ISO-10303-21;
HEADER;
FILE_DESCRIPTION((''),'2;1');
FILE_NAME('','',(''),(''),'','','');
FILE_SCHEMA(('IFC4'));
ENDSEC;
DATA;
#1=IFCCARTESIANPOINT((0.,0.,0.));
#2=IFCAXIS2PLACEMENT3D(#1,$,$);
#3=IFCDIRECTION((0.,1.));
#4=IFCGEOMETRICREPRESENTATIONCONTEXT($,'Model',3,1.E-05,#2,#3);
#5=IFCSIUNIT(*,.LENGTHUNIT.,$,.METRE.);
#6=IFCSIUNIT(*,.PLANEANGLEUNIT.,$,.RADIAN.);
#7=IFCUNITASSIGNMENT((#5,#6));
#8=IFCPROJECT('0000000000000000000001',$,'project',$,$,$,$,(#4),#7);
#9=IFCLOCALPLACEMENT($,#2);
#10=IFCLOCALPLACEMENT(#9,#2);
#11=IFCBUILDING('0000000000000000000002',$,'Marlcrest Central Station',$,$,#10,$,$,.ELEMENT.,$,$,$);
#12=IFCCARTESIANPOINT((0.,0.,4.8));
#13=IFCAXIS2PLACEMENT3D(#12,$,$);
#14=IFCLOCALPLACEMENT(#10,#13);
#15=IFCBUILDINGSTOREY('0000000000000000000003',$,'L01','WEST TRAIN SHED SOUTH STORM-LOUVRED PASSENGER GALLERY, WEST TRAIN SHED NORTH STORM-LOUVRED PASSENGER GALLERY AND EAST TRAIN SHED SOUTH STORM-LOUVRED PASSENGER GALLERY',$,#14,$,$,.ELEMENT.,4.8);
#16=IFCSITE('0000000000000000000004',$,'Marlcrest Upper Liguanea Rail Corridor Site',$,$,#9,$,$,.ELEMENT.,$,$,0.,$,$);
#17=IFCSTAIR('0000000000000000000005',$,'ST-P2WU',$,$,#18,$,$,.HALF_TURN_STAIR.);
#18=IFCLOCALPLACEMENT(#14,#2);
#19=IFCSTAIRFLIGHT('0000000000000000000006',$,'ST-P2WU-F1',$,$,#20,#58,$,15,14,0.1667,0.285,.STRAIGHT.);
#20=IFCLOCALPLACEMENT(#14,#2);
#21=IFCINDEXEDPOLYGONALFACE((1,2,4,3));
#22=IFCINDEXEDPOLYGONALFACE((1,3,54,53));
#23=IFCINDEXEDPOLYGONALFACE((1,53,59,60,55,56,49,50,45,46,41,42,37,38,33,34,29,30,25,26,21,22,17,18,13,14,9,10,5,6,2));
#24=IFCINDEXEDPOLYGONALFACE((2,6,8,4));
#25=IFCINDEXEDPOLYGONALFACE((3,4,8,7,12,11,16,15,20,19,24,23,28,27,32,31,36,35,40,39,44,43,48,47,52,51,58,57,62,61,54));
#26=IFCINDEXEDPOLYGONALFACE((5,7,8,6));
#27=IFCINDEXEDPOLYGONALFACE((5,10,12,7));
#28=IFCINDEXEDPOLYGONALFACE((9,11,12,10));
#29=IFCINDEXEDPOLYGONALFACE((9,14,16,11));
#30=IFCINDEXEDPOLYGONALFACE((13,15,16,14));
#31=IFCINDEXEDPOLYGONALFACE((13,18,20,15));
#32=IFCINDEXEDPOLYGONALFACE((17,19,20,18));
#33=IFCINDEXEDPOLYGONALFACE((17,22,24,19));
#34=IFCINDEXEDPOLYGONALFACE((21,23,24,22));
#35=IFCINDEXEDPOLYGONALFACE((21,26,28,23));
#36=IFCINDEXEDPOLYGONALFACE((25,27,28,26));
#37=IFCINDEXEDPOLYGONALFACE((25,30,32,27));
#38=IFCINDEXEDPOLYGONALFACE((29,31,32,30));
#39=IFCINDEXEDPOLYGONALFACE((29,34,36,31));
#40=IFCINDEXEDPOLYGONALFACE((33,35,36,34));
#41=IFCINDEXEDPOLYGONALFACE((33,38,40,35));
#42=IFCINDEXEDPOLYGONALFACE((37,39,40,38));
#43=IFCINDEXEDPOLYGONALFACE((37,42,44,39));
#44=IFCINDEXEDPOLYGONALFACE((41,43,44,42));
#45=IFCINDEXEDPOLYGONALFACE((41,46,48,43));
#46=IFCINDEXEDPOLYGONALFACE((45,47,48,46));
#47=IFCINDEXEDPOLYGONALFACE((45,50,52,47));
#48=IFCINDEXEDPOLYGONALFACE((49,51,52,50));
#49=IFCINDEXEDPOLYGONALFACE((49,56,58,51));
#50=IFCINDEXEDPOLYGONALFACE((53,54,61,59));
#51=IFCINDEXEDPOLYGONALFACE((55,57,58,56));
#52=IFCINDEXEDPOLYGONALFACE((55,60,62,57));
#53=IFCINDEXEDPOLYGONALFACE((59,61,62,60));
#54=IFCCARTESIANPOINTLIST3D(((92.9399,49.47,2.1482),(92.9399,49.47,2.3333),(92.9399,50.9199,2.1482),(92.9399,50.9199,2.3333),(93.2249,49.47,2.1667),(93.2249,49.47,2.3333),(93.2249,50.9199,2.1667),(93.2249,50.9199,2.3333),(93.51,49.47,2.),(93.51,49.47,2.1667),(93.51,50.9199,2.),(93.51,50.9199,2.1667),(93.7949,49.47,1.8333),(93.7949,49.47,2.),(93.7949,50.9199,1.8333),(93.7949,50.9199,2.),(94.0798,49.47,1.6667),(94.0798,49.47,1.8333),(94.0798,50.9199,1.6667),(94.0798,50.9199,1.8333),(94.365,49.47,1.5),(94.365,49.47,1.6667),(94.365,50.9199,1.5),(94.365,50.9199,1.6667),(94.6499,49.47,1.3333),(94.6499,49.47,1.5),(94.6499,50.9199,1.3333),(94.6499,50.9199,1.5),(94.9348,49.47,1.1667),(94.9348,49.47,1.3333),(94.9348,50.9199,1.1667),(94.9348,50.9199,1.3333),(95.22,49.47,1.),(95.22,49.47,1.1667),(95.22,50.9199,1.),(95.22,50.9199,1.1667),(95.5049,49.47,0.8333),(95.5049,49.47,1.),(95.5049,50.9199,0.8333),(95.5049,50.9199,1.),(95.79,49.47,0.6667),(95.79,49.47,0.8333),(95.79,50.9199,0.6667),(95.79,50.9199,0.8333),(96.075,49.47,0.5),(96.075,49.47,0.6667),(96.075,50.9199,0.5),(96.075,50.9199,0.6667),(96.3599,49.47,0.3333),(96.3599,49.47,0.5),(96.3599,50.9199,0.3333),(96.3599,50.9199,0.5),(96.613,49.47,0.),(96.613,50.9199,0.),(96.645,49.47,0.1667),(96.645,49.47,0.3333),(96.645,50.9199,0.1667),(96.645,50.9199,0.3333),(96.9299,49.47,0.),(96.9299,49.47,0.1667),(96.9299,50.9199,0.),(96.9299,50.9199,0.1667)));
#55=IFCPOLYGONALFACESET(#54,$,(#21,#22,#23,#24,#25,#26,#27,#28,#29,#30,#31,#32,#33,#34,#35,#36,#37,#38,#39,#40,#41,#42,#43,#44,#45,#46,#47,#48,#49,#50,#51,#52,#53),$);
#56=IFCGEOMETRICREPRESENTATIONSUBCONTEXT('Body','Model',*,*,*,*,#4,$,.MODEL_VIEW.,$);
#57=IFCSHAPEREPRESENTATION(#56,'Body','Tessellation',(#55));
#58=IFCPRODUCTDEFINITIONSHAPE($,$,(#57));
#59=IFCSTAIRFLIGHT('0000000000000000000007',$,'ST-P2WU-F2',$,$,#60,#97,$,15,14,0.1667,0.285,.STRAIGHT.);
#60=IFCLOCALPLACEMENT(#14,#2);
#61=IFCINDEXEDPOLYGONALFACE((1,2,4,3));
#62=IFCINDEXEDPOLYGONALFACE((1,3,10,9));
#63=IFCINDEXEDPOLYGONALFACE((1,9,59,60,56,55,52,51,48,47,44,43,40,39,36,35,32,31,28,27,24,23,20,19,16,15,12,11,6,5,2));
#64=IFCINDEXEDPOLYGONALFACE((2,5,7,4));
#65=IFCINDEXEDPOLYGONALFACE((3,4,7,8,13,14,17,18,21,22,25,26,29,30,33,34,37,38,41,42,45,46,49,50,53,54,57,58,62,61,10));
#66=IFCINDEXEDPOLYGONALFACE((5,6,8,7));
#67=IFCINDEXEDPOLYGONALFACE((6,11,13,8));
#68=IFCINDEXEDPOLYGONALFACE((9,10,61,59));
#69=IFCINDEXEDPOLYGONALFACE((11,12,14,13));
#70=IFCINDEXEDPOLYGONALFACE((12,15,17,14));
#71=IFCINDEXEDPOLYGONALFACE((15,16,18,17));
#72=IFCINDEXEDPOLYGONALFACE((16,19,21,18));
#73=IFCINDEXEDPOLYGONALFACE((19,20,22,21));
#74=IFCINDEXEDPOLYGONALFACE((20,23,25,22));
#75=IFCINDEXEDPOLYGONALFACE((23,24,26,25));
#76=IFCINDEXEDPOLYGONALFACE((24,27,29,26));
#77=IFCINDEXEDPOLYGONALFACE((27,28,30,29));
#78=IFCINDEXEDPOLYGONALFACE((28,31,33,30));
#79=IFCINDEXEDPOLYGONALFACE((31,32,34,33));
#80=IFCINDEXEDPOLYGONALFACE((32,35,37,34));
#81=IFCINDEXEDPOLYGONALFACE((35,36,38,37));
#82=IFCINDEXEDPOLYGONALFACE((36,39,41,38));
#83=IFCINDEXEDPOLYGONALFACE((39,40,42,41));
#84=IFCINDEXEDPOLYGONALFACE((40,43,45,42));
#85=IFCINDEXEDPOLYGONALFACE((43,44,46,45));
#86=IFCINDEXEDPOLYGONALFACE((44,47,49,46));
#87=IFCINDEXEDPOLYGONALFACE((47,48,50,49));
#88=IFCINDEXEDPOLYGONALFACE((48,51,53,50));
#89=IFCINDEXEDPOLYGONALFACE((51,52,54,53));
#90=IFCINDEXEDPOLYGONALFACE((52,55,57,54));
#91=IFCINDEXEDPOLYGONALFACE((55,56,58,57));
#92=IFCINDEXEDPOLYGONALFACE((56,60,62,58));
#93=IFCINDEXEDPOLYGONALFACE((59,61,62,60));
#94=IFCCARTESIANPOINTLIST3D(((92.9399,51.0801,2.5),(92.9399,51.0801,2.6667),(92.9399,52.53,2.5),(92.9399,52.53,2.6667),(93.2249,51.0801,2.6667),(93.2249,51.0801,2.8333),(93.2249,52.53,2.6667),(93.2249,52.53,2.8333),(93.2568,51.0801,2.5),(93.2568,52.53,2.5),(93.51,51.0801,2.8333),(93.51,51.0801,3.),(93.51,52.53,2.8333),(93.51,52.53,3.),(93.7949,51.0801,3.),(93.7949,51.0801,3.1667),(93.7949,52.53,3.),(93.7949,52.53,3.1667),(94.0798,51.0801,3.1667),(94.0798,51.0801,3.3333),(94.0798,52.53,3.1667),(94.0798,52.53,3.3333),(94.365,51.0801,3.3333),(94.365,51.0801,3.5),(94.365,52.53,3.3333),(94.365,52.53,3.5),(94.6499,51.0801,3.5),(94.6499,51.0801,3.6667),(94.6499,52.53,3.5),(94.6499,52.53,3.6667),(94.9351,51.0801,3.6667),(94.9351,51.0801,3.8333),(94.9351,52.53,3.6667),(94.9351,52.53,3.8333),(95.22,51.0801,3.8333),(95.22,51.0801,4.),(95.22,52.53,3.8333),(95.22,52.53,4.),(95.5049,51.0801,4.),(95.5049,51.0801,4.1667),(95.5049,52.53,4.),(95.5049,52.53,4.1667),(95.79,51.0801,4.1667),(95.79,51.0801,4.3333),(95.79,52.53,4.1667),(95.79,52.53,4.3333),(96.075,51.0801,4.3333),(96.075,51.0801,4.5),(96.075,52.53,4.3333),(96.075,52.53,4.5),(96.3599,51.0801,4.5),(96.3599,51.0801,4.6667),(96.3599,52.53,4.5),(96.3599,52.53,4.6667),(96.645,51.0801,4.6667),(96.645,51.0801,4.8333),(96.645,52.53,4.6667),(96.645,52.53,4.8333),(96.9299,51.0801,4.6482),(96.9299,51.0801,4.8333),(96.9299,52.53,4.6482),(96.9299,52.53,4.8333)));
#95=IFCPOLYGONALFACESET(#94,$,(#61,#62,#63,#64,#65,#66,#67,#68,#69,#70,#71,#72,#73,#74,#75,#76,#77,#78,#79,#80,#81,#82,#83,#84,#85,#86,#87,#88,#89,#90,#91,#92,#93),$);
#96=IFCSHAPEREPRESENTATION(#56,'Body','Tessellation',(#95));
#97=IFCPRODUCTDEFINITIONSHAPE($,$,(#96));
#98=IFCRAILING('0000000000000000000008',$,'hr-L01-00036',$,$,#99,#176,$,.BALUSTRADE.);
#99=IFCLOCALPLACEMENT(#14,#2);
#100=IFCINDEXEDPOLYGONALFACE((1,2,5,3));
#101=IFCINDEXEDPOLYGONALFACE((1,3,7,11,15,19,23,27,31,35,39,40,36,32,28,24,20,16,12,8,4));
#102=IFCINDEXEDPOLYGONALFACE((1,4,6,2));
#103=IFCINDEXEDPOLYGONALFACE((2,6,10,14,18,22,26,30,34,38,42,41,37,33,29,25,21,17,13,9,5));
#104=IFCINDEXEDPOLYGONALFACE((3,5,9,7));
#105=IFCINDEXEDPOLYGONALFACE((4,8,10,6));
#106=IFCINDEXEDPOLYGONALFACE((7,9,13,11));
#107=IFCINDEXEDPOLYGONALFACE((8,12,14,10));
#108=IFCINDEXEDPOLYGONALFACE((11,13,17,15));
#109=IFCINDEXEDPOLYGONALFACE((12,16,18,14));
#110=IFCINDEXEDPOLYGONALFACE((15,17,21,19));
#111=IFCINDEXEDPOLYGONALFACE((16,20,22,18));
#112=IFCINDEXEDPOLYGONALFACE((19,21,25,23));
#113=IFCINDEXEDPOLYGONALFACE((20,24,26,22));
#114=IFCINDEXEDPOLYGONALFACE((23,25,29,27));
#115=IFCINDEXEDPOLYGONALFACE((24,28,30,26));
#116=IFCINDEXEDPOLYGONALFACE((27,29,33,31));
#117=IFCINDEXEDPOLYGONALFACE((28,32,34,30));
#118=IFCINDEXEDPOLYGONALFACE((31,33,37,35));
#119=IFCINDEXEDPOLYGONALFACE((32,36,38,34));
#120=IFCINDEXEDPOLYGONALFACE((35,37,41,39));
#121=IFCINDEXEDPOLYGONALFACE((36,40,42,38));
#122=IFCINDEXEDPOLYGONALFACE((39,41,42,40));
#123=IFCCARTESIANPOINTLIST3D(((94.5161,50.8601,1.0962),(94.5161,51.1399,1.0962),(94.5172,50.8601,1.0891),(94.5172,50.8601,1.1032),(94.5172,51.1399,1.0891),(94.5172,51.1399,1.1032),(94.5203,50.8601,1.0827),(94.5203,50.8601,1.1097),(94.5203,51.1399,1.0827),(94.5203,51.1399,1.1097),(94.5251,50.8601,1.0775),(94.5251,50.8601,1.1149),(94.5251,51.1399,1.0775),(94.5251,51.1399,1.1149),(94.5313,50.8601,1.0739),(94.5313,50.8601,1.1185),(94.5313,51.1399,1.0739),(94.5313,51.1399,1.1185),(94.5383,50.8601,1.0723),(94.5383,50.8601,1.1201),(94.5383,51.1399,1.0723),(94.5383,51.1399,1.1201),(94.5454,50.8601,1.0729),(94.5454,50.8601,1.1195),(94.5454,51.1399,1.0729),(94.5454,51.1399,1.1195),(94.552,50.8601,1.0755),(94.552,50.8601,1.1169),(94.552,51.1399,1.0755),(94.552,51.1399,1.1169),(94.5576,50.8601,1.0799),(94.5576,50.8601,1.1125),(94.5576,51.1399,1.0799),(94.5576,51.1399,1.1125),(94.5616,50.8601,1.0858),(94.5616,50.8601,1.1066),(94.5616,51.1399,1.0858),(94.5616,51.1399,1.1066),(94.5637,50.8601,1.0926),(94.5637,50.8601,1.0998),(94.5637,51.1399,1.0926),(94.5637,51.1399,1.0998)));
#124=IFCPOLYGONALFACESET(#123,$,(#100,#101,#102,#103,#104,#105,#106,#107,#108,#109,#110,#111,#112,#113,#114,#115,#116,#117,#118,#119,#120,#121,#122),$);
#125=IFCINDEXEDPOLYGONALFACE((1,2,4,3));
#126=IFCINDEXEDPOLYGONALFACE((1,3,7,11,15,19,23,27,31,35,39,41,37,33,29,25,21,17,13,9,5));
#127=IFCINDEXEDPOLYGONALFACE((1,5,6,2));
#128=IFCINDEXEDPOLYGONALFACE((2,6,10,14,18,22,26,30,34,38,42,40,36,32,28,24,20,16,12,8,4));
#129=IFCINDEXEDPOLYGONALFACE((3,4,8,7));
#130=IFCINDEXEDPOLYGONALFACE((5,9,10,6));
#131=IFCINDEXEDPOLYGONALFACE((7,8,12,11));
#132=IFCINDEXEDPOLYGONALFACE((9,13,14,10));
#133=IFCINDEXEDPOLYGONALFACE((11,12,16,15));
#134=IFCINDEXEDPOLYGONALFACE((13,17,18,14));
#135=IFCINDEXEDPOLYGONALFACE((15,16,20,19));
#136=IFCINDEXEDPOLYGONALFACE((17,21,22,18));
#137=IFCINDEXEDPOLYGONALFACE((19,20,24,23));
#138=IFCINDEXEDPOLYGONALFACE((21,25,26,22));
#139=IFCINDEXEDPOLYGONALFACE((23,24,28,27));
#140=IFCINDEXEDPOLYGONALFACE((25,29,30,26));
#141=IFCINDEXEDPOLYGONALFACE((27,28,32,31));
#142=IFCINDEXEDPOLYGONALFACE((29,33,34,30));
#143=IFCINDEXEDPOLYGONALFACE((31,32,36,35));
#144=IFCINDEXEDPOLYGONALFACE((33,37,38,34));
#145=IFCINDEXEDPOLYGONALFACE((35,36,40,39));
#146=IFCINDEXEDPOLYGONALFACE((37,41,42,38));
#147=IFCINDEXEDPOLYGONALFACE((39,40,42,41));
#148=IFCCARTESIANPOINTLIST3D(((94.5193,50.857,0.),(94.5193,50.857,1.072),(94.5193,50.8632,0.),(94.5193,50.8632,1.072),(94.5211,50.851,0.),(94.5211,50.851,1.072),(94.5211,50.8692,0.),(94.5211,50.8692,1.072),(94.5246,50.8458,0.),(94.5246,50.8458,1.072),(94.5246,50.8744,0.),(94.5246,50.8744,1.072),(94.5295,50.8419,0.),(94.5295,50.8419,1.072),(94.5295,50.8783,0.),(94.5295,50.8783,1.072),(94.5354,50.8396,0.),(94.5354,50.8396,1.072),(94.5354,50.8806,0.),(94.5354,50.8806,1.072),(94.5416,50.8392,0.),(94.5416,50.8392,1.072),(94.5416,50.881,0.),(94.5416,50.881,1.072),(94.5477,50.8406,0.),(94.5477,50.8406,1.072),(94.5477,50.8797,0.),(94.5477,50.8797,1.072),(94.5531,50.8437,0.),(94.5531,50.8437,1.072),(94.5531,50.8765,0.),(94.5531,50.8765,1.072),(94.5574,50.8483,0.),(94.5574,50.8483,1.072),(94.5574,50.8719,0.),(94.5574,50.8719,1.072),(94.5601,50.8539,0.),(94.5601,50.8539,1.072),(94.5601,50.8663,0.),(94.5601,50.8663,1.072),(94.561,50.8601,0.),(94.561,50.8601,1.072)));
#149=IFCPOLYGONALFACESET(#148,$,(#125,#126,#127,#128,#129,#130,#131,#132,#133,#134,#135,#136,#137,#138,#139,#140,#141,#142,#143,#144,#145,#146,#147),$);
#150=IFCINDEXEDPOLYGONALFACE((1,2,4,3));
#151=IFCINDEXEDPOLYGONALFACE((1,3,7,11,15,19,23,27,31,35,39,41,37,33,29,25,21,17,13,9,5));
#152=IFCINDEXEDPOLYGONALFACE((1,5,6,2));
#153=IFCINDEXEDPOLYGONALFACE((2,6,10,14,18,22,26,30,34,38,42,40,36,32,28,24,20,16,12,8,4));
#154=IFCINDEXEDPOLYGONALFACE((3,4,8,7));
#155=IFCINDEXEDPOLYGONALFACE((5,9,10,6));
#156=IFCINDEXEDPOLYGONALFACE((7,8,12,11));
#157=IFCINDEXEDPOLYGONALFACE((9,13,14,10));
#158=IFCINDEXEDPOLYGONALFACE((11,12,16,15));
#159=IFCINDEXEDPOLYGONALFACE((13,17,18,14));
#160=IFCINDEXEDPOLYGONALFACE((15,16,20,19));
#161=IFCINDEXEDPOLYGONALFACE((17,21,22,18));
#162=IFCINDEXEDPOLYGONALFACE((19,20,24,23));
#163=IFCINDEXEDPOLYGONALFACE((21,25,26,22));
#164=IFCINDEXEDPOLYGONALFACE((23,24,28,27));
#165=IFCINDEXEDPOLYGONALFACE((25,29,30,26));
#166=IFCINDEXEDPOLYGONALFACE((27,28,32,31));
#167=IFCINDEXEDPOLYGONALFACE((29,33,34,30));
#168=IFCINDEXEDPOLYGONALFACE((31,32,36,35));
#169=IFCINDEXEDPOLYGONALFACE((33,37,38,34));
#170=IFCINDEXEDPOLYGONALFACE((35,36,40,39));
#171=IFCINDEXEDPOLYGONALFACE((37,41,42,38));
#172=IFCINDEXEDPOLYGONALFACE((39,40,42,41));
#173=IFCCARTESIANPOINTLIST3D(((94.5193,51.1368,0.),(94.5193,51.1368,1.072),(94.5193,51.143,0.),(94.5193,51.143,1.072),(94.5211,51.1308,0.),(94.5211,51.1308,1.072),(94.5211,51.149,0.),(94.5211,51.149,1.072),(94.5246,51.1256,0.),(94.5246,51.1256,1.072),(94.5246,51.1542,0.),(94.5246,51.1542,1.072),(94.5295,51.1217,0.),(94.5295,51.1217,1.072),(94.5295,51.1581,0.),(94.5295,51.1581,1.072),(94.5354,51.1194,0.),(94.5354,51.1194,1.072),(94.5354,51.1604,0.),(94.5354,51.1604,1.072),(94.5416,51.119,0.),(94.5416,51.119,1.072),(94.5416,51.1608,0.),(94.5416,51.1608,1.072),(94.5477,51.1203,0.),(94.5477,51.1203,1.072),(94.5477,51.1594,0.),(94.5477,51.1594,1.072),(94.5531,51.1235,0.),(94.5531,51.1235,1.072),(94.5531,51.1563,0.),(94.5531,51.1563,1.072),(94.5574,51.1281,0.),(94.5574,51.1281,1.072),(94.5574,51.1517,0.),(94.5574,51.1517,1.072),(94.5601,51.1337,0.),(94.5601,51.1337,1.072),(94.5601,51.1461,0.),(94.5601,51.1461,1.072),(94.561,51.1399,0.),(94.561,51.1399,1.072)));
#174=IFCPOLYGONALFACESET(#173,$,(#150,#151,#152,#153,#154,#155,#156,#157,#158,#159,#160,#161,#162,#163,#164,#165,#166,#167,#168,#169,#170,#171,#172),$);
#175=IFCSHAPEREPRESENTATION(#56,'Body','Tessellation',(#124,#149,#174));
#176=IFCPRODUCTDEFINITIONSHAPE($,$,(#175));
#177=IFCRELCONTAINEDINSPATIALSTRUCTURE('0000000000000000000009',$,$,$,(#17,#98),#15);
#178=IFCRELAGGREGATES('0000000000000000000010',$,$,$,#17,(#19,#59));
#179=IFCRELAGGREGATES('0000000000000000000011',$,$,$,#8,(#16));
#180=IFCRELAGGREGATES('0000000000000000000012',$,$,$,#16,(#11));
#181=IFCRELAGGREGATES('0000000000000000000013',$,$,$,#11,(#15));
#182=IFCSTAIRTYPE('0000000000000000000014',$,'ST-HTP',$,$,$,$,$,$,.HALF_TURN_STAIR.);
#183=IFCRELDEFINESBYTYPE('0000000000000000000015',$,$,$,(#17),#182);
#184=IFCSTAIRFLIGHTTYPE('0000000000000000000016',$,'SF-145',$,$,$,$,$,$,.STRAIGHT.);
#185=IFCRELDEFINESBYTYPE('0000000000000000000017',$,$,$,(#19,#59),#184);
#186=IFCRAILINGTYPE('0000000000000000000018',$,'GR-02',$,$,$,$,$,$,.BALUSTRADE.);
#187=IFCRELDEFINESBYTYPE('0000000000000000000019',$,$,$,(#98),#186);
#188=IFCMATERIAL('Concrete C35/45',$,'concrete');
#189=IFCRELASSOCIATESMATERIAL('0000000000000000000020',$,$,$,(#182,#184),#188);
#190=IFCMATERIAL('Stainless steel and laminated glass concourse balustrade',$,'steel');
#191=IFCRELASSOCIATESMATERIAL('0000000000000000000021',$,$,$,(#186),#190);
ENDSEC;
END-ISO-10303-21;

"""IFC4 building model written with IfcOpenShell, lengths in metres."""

from ifc_helpers import new_model, si_unit, direction, frame, origin, origin_2d, place, context, subcontext, project, spatial, polyline, circle, outline, extrude, material, type_object, element, aggregate, save


model = new_model("IFC4")

# Units and contexts
model_context = context("Model", 3, precision=1e-05, world=origin(), true_north=direction((0.0, 1.0)))
body_context = subcontext(model_context, "Body", "Model", "MODEL_VIEW")
ifc_project = project(units=[si_unit("LENGTHUNIT", "METRE"), si_unit("PLANEANGLEUNIT", "RADIAN")], contexts=[model_context])

# Site, building, storey
site_placement = place(None, origin())
site = spatial("IfcSite", under=ifc_project, at=site_placement, Name="Marlcrest Upper Liguanea Rail Corridor Site", CompositionType="ELEMENT", RefElevation=0.0)
building_placement = place(site_placement, origin())
building = spatial("IfcBuilding", under=site, at=building_placement, Name="Marlcrest Central Station", CompositionType="ELEMENT")
storey_placement = place(building_placement, frame((0.0, 0.0, 4.8)))
storey = spatial("IfcBuildingStorey", under=building, at=storey_placement, Name="L01", Description="WEST TRAIN SHED SOUTH STORM-LOUVRED PASSENGER GALLERY, WEST TRAIN SHED NORTH STORM-LOUVRED PASSENGER GALLERY AND EAST TRAIN SHED SOUTH STORM-LOUVRED PASSENGER GALLERY", CompositionType="ELEMENT", Elevation=4.8)

# Stair, stair flights
ifc_material_1 = material(Name="Concrete C35/45", Category="concrete")
stair_type = type_object("IfcStairType", Name="ST-HTP", PredefinedType="HALF_TURN_STAIR", material=ifc_material_1)
stair_placement = place(storey_placement, origin())
stair = element("IfcStair", 1, at=stair_placement, inside=storey, type_object=stair_type, Name="ST-P2WU", PredefinedType="HALF_TURN_STAIR")
stair_flight_type = type_object("IfcStairFlightType", Name="SF-145", PredefinedType="STRAIGHT", material=ifc_material_1)
stair_flight_1_placement = place(storey_placement, frame((96.9299, 50.1951, 0.0), z_axis=(0.0, 0.0, 1.0), x_axis=(-1.0, 0.0, 0.0)))
stair_flight_1 = element("IfcStairFlight", 2, at=stair_flight_1_placement, type_object=stair_flight_type, Name="ST-P2WU-F1", NumberOfRisers=15, NumberOfTreads=14, PredefinedType="STRAIGHT", RiserHeight=0.1667, TreadLength=0.285, context=body_context, shape_type="SweptSolid", body=[
    extrude(outline(polyline([(0.0, 0.0), (0.0, 0.1667), (0.2849, 0.1667), (0.2849, 0.3333), (0.5701, 0.3333), (0.5701, 0.5), (0.855, 0.5), (0.855, 0.6667), (1.1399, 0.6667), (1.1399, 0.8333), (1.425, 0.8333), (1.425, 1.0), (1.71, 1.0), (1.71, 1.1667), (1.9951, 1.1667), (1.9951, 1.3333), (2.28, 1.3333), (2.28, 1.5), (2.5649, 1.5), (2.5649, 1.6667), (2.8501, 1.6667), (2.8501, 1.8333), (3.135, 1.8333), (3.135, 2.0), (3.4199, 2.0), (3.4199, 2.1667), (3.7051, 2.1667), (3.7051, 2.3333), (3.99, 2.3333), (3.99, 2.5), (3.99, 2.1482), (0.3169, 0.0), (0.0, 0.0)])), frame((0.0, 0.7251, 0.0), z_axis=(0.0, -1.0, 0.0), x_axis=(1.0, 0.0, 0.0)), (0.0, 0.0, 1.0), 1.45),
])
stair_flight_2_placement = place(storey_placement, frame((92.9399, 51.8049, 2.5), z_axis=(0.0, 0.0, 1.0), x_axis=(1.0, 0.0, 0.0)))
stair_flight_2 = element("IfcStairFlight", 3, at=stair_flight_2_placement, type_object=stair_flight_type, Name="ST-P2WU-F2", NumberOfRisers=15, NumberOfTreads=14, PredefinedType="STRAIGHT", RiserHeight=0.1667, TreadLength=0.285, context=body_context, shape_type="SweptSolid", body=[
    extrude(outline(polyline([(0.0, 0.0), (0.0, 0.1667), (0.2849, 0.1667), (0.2849, 0.3333), (0.5701, 0.3333), (0.5701, 0.5), (0.855, 0.5), (0.855, 0.6667), (1.1399, 0.6667), (1.1399, 0.8333), (1.425, 0.8333), (1.425, 1.0), (1.71, 1.0), (1.71, 1.1667), (1.9951, 1.1667), (1.9951, 1.3333), (2.28, 1.3333), (2.28, 1.5), (2.5649, 1.5), (2.5649, 1.6667), (2.8501, 1.6667), (2.8501, 1.8333), (3.135, 1.8333), (3.135, 2.0), (3.4199, 2.0), (3.4199, 2.1667), (3.7051, 2.1667), (3.7051, 2.3333), (3.99, 2.3333), (3.99, 2.5), (3.99, 2.1482), (0.3169, 0.0), (0.0, 0.0)])), frame((0.0, 0.7251, 0.0), z_axis=(0.0, -1.0, 0.0), x_axis=(1.0, 0.0, 0.0)), (0.0, 0.0, 1.0), 1.45),
])
aggregate(stair, [stair_flight_1, stair_flight_2])

# Railing
ifc_material_2 = material(Name="Stainless steel and laminated glass concourse balustrade", Category="steel")
railing_type_1 = type_object("IfcRailingType", Name="GR-02", PredefinedType="BALUSTRADE", material=ifc_material_2)
railing_1_placement = place(storey_placement, frame((94.54, 50.8601, 0.0)))
element("IfcRailing", 4, at=railing_1_placement, inside=storey, type_object=railing_type_1, Name="hr-L01-00036", PredefinedType="BALUSTRADE", context=body_context, shape_type="SweptSolid", body=[
    extrude(circle(Radius=0.0239, at=origin_2d()), frame((0.0, 0.0, 1.0962), z_axis=(0.0, 1.0, 0.0), x_axis=(-1.0, 0.0, 0.0)), (0.0, 0.0, 1.0), 0.2798),
    extrude(circle(Radius=0.021, at=origin_2d()), origin(), (0.0, 0.0, 1.0), 1.072),
    extrude(circle(Radius=0.021, at=origin_2d()), frame((0.0, 0.2798, 0.0)), (0.0, 0.0, 1.0), 1.072),
])

save(model, "model.ifc")
